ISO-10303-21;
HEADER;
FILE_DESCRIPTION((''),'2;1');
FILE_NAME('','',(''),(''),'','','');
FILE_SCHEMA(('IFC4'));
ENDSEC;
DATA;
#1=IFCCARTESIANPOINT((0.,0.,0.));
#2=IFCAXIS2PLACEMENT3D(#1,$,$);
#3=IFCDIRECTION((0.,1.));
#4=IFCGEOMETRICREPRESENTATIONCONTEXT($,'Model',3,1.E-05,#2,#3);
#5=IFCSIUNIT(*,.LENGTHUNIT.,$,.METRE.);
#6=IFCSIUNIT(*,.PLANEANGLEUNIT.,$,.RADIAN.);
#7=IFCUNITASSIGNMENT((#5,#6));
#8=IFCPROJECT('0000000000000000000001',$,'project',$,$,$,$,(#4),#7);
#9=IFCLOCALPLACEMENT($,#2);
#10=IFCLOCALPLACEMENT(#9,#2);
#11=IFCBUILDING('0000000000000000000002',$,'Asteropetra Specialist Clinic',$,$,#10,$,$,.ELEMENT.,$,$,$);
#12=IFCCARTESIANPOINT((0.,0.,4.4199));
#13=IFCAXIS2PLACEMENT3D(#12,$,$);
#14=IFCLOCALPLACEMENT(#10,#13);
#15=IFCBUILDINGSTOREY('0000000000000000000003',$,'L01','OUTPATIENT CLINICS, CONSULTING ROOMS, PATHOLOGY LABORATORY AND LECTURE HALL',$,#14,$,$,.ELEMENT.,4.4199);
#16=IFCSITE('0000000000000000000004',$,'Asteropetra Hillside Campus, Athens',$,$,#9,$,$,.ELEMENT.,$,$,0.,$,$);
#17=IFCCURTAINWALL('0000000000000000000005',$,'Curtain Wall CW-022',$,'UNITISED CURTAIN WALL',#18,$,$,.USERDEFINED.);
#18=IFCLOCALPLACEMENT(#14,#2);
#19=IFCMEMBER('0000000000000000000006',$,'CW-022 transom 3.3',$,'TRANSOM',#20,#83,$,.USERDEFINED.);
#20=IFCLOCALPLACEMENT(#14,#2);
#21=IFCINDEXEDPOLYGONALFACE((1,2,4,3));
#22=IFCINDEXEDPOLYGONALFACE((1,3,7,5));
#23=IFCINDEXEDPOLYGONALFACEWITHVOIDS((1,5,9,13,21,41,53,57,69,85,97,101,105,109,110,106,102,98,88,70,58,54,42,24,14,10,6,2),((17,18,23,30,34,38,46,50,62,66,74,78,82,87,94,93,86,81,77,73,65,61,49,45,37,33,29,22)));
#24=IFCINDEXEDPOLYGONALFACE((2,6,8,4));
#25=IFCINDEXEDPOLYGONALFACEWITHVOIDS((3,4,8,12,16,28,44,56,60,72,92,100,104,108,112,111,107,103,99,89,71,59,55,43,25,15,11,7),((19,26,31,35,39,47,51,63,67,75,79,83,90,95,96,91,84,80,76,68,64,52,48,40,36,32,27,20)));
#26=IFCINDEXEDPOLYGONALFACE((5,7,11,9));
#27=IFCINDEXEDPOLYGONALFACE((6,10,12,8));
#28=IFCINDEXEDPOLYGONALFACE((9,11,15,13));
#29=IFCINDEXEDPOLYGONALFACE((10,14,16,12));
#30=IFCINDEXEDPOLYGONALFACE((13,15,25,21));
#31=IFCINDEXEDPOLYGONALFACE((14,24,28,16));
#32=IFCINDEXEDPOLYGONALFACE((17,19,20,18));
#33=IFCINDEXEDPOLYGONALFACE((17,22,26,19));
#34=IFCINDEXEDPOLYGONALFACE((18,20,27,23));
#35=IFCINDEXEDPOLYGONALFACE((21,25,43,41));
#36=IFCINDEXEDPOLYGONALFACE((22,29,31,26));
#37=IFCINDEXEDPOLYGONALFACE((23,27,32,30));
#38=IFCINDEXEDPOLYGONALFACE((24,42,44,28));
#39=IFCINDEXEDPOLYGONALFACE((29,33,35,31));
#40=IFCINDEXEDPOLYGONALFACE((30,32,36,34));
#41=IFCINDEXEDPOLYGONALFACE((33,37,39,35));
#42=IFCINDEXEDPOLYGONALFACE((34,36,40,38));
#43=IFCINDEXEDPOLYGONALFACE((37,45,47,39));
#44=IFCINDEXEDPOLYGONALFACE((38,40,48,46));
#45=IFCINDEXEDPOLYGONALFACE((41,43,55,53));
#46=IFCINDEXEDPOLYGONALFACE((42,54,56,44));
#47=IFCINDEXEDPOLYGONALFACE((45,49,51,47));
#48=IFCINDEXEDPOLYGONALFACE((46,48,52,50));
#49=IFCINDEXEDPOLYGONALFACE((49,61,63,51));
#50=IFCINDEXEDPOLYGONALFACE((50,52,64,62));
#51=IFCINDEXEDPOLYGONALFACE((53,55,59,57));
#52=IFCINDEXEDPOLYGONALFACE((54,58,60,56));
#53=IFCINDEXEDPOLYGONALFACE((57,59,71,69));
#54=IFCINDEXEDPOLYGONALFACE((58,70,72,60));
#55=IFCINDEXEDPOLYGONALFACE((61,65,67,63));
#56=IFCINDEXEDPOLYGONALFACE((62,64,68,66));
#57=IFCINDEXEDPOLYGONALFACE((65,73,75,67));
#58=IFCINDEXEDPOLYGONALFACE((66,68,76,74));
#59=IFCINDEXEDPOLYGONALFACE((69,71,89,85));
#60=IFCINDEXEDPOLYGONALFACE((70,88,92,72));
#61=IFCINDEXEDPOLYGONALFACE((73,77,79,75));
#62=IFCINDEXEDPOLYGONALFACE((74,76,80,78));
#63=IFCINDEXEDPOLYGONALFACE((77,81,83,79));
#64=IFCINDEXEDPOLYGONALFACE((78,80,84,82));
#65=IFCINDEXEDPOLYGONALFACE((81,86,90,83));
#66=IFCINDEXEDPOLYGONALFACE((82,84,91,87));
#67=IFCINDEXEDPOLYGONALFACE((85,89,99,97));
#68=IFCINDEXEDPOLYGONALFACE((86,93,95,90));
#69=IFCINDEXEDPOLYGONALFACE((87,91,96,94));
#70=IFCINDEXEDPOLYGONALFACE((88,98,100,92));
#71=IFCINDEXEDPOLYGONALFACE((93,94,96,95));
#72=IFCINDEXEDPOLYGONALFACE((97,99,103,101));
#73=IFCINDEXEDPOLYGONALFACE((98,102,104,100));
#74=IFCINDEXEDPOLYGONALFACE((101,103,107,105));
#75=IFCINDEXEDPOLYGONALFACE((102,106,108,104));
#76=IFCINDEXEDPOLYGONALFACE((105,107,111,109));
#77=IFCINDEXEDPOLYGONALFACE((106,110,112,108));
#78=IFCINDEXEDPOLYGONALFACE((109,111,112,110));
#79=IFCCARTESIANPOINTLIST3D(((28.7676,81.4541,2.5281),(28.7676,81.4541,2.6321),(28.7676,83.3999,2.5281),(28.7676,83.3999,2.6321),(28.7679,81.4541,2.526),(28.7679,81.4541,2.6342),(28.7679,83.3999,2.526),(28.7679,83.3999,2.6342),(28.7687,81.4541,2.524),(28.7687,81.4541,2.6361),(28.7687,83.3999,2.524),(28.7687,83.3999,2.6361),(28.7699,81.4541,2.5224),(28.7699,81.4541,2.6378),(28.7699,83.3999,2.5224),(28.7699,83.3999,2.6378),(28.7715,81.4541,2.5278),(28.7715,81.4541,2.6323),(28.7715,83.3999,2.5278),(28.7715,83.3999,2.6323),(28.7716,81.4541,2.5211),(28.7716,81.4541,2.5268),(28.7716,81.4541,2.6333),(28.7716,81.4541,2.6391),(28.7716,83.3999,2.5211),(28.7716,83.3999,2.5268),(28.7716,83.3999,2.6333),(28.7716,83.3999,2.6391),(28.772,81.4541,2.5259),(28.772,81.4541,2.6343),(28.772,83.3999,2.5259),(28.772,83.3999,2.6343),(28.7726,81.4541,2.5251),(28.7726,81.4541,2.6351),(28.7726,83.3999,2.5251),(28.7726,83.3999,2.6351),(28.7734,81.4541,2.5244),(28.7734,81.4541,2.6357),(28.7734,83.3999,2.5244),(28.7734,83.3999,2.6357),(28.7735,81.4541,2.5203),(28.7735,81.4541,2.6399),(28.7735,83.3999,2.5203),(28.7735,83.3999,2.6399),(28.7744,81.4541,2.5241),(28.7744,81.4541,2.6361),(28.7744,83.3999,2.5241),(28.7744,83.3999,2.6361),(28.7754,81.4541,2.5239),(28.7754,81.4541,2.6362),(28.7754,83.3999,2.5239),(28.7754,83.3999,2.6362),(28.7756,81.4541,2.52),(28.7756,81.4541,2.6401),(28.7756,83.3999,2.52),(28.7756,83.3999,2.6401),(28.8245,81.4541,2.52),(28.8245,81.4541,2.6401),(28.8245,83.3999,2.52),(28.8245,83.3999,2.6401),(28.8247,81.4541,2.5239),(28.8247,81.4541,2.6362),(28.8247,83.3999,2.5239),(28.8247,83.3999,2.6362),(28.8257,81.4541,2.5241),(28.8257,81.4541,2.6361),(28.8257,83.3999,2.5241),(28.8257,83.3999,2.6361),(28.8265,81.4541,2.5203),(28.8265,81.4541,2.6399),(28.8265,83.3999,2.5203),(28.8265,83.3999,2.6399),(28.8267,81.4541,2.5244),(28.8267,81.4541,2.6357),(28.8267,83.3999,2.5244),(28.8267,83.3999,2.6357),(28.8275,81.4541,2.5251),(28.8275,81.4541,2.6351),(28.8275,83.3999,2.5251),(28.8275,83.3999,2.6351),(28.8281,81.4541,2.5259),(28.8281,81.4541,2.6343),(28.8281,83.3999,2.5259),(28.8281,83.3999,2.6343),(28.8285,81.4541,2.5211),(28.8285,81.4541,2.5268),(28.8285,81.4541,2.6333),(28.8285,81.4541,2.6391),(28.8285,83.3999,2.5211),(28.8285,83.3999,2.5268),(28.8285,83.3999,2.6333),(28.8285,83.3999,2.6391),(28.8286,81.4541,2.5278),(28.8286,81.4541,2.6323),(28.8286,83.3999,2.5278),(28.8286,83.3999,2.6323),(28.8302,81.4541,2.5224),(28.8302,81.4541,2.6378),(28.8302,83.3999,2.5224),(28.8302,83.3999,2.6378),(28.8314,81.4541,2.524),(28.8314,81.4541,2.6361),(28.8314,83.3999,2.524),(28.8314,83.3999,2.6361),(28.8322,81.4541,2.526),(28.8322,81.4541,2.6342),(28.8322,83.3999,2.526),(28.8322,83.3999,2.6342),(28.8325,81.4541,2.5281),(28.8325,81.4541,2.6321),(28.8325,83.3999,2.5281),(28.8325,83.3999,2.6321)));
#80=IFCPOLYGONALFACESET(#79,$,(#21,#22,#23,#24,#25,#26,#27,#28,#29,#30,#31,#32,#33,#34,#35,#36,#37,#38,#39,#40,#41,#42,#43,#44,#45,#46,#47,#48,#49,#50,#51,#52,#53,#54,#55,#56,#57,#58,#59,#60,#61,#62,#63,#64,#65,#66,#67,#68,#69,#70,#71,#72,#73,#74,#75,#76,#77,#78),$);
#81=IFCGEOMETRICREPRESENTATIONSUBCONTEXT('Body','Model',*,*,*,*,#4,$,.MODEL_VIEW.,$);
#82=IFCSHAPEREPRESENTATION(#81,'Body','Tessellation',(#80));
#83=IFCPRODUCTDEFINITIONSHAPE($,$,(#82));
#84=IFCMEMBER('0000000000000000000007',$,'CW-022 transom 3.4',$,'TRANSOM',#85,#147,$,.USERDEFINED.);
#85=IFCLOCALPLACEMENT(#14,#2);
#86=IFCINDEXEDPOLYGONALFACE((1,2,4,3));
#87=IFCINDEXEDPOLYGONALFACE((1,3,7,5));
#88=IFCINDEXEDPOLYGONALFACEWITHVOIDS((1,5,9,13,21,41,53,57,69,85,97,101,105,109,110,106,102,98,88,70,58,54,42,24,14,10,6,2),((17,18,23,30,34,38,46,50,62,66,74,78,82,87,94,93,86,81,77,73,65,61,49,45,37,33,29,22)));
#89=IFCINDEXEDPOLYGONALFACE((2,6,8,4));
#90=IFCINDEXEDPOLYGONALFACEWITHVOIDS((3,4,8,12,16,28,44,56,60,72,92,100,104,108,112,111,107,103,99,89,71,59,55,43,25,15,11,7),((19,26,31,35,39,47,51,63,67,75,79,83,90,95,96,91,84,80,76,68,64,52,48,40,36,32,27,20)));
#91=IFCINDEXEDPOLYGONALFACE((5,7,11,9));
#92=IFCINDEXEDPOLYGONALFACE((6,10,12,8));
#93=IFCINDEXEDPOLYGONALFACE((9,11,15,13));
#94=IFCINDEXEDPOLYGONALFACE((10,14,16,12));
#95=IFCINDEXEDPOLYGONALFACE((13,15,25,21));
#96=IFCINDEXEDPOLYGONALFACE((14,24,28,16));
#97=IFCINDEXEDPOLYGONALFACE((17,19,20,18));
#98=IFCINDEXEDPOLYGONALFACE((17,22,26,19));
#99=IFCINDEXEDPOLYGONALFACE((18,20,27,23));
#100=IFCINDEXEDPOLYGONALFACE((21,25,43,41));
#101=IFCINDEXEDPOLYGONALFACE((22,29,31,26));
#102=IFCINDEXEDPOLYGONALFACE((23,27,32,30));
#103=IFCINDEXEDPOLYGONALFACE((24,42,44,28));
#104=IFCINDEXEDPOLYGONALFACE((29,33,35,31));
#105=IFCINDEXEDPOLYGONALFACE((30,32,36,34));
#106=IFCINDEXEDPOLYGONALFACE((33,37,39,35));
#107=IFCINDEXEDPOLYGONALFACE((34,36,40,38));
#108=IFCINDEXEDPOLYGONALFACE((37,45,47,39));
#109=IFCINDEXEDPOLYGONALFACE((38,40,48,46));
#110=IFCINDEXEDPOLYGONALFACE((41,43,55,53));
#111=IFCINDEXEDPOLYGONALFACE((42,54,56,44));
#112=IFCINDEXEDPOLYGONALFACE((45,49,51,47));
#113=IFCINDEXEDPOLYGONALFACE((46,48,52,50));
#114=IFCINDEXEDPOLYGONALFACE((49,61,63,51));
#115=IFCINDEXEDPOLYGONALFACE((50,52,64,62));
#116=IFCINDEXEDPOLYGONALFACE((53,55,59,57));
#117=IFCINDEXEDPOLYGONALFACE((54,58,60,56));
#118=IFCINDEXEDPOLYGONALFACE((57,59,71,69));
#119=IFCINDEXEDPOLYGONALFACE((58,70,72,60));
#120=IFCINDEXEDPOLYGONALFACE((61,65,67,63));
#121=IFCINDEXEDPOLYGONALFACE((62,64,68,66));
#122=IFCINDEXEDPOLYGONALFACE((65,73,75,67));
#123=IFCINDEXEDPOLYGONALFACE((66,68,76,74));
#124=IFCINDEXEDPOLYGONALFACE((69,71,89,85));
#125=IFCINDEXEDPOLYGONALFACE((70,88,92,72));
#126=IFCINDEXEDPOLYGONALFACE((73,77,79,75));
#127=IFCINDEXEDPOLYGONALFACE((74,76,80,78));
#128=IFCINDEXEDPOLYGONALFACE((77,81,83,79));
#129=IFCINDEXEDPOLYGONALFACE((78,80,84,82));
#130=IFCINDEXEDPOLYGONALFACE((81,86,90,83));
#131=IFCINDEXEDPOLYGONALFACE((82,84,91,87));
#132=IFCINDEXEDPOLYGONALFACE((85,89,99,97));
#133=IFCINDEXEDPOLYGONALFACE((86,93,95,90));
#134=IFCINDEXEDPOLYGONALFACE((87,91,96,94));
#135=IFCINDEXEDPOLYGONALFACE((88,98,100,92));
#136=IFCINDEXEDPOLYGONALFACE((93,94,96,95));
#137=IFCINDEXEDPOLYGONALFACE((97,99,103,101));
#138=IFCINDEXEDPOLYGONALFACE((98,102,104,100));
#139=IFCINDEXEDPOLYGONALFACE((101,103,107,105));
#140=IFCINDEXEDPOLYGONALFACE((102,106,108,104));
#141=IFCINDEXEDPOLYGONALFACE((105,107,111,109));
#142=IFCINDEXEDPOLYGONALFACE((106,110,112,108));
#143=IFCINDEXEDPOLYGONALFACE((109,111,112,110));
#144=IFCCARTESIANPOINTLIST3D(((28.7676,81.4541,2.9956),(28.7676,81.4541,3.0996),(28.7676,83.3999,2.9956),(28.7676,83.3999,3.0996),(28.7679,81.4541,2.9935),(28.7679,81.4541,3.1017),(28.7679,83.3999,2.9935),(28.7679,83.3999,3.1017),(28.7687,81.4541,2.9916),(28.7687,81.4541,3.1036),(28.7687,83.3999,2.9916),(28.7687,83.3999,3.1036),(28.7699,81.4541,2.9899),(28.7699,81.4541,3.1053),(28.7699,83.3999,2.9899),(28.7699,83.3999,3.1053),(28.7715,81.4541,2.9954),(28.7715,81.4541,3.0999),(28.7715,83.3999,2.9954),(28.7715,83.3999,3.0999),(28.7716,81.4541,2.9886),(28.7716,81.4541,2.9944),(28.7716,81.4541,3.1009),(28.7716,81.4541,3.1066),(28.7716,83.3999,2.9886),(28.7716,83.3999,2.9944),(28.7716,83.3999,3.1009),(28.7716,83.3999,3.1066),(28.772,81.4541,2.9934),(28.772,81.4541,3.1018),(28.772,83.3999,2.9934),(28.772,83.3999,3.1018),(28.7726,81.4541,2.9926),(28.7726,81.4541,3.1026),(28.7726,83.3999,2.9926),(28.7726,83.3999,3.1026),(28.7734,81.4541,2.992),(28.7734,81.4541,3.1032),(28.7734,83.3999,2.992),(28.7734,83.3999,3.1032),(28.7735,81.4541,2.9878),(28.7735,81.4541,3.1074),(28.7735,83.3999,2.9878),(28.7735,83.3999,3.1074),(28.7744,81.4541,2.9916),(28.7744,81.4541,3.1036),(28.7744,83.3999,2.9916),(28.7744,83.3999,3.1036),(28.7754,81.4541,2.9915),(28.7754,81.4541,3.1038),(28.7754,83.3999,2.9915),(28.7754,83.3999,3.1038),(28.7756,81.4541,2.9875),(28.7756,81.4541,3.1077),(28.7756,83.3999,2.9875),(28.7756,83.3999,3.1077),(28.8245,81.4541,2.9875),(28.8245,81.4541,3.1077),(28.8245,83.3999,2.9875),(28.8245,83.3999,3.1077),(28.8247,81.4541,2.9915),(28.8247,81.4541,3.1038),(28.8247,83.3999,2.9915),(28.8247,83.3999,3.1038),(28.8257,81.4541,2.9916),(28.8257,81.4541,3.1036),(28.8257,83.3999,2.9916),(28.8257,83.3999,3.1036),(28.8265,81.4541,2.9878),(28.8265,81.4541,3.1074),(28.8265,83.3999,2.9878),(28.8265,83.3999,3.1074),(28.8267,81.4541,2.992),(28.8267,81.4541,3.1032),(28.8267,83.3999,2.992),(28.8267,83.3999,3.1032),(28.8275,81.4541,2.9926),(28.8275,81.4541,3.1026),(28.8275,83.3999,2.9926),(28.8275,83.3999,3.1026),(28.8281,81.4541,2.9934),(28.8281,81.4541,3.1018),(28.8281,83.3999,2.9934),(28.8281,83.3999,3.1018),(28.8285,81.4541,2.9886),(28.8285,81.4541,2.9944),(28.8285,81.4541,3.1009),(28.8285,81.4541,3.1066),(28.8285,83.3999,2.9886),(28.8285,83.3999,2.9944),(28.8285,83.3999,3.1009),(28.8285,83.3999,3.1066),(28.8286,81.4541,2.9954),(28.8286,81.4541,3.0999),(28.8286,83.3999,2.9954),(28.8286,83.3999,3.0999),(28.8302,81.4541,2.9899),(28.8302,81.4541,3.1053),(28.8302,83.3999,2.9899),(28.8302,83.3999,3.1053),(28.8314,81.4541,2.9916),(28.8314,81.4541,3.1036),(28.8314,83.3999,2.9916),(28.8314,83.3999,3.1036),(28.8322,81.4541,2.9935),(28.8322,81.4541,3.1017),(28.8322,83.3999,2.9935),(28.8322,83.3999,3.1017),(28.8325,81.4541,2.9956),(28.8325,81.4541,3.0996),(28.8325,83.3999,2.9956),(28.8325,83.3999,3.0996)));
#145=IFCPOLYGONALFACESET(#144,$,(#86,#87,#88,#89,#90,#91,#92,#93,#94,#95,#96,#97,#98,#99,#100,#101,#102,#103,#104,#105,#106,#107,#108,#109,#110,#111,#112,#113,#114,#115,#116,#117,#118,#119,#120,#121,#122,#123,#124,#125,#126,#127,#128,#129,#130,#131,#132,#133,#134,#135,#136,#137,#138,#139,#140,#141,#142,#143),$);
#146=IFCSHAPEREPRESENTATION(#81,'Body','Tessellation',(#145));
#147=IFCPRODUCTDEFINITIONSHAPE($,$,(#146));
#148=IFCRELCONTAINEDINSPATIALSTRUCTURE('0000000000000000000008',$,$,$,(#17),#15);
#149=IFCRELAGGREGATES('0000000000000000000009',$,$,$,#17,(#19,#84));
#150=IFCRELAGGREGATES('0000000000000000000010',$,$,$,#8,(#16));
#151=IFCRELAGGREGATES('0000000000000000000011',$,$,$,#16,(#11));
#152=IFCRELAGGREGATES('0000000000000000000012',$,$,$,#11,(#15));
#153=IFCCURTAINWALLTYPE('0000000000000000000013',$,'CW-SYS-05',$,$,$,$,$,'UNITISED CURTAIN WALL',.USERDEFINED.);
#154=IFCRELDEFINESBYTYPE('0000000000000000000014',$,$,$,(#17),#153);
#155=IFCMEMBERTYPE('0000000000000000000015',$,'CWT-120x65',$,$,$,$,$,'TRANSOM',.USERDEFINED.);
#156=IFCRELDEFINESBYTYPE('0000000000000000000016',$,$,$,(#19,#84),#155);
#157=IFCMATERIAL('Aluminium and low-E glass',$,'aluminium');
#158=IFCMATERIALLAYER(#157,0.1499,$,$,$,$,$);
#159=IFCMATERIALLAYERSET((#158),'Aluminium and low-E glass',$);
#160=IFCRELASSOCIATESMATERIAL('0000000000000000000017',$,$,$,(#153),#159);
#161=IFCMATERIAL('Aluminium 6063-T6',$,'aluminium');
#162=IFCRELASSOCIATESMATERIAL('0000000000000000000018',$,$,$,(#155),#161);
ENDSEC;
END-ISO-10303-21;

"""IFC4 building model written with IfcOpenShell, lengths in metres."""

from ifc_helpers import new_model, si_unit, direction, frame, origin, origin_2d, place, context, subcontext, project, spatial, hollow_rectangle, extrude, material, layer, layer_set, material_profile, profile_set, type_object, element, aggregate, save


model = new_model("IFC4")

# Units and contexts
model_context = context("Model", 3, precision=1e-05, world=origin(), true_north=direction((0.0, 1.0)))
body_context = subcontext(model_context, "Body", "Model", "MODEL_VIEW")
ifc_project = project(units=[si_unit("LENGTHUNIT", "METRE"), si_unit("PLANEANGLEUNIT", "RADIAN")], contexts=[model_context])

# Site, building, storey
site_placement = place(None, origin())
site = spatial("IfcSite", under=ifc_project, at=site_placement, Name="Asteropetra Hillside Campus, Athens", CompositionType="ELEMENT", RefElevation=0.0)
building_placement = place(site_placement, origin())
building = spatial("IfcBuilding", under=site, at=building_placement, Name="Asteropetra Specialist Clinic", CompositionType="ELEMENT")
storey_placement = place(building_placement, frame((0.0, 0.0, 4.4199)))
storey = spatial("IfcBuildingStorey", under=building, at=storey_placement, Name="L01", Description="OUTPATIENT CLINICS, CONSULTING ROOMS, PATHOLOGY LABORATORY AND LECTURE HALL", CompositionType="ELEMENT", Elevation=4.4199)

# Curtain wall
ifc_material_1 = material(Name="Aluminium and low-E glass", Category="aluminium")
ifc_layer_1 = layer(ifc_material_1, 0.1499)
ifc_layer_set_1 = layer_set([ifc_layer_1], Name="Aluminium and low-E glass")
curtain_wall_type_1 = type_object("IfcCurtainWallType", Name="CW-SYS-05", ElementType="UNITISED CURTAIN WALL", PredefinedType="USERDEFINED", material=ifc_layer_set_1)
curtain_wall_1_placement = place(storey_placement, origin())
curtain_wall_1 = element("IfcCurtainWall", 1, at=curtain_wall_1_placement, inside=storey, type_object=curtain_wall_type_1, Name="Curtain Wall CW-022", ObjectType="UNITISED CURTAIN WALL", PredefinedType="USERDEFINED")

# Members
ifc_material_2 = material(Name="Aluminium 6063-T6", Category="aluminium")
ifc_material_profile_1 = material_profile(ifc_material_2, hollow_rectangle(XDim=0.0649, YDim=0.1201, WallThickness=0.0039, InnerFilletRadius=0.0039, OuterFilletRadius=0.0081, at=origin_2d()), Name="TRN 120x65x4.0")
ifc_profile_set_1 = profile_set([ifc_material_profile_1], Name="Aluminium 6063-T6")
member_type_1 = type_object("IfcMemberType", Name="CWT-120x65", ElementType="TRANSOM", PredefinedType="USERDEFINED", material=ifc_profile_set_1)
member_1_placement = place(storey_placement, frame((28.8, 81.4541, 2.5801), z_axis=(0.0, 1.0, 0.0), x_axis=(-1.0, 0.0, 0.0)))
member_1 = element("IfcMember", 2, at=member_1_placement, type_object=member_type_1, Name="CW-022 transom 3.3", ObjectType="TRANSOM", PredefinedType="USERDEFINED", context=body_context, shape_type="SweptSolid", body=[
    extrude(hollow_rectangle(XDim=0.0649, YDim=0.1201, WallThickness=0.0039, InnerFilletRadius=0.0039, OuterFilletRadius=0.0081, at=origin_2d()), origin(), (0.0, 0.0, 1.0), 1.9458),
])
member_2_placement = place(storey_placement, frame((28.8, 81.4541, 3.0476), z_axis=(0.0, 1.0, 0.0), x_axis=(-1.0, 0.0, 0.0)))
member_2 = element("IfcMember", 3, at=member_2_placement, type_object=member_type_1, Name="CW-022 transom 3.4", ObjectType="TRANSOM", PredefinedType="USERDEFINED", context=body_context, shape_type="SweptSolid", body=[
    extrude(hollow_rectangle(XDim=0.0649, YDim=0.1201, WallThickness=0.0039, InnerFilletRadius=0.0039, OuterFilletRadius=0.0081, at=origin_2d()), origin(), (0.0, 0.0, 1.0), 1.9458),
])

aggregate(curtain_wall_1, [member_1, member_2])

save(model, "model.ifc")
